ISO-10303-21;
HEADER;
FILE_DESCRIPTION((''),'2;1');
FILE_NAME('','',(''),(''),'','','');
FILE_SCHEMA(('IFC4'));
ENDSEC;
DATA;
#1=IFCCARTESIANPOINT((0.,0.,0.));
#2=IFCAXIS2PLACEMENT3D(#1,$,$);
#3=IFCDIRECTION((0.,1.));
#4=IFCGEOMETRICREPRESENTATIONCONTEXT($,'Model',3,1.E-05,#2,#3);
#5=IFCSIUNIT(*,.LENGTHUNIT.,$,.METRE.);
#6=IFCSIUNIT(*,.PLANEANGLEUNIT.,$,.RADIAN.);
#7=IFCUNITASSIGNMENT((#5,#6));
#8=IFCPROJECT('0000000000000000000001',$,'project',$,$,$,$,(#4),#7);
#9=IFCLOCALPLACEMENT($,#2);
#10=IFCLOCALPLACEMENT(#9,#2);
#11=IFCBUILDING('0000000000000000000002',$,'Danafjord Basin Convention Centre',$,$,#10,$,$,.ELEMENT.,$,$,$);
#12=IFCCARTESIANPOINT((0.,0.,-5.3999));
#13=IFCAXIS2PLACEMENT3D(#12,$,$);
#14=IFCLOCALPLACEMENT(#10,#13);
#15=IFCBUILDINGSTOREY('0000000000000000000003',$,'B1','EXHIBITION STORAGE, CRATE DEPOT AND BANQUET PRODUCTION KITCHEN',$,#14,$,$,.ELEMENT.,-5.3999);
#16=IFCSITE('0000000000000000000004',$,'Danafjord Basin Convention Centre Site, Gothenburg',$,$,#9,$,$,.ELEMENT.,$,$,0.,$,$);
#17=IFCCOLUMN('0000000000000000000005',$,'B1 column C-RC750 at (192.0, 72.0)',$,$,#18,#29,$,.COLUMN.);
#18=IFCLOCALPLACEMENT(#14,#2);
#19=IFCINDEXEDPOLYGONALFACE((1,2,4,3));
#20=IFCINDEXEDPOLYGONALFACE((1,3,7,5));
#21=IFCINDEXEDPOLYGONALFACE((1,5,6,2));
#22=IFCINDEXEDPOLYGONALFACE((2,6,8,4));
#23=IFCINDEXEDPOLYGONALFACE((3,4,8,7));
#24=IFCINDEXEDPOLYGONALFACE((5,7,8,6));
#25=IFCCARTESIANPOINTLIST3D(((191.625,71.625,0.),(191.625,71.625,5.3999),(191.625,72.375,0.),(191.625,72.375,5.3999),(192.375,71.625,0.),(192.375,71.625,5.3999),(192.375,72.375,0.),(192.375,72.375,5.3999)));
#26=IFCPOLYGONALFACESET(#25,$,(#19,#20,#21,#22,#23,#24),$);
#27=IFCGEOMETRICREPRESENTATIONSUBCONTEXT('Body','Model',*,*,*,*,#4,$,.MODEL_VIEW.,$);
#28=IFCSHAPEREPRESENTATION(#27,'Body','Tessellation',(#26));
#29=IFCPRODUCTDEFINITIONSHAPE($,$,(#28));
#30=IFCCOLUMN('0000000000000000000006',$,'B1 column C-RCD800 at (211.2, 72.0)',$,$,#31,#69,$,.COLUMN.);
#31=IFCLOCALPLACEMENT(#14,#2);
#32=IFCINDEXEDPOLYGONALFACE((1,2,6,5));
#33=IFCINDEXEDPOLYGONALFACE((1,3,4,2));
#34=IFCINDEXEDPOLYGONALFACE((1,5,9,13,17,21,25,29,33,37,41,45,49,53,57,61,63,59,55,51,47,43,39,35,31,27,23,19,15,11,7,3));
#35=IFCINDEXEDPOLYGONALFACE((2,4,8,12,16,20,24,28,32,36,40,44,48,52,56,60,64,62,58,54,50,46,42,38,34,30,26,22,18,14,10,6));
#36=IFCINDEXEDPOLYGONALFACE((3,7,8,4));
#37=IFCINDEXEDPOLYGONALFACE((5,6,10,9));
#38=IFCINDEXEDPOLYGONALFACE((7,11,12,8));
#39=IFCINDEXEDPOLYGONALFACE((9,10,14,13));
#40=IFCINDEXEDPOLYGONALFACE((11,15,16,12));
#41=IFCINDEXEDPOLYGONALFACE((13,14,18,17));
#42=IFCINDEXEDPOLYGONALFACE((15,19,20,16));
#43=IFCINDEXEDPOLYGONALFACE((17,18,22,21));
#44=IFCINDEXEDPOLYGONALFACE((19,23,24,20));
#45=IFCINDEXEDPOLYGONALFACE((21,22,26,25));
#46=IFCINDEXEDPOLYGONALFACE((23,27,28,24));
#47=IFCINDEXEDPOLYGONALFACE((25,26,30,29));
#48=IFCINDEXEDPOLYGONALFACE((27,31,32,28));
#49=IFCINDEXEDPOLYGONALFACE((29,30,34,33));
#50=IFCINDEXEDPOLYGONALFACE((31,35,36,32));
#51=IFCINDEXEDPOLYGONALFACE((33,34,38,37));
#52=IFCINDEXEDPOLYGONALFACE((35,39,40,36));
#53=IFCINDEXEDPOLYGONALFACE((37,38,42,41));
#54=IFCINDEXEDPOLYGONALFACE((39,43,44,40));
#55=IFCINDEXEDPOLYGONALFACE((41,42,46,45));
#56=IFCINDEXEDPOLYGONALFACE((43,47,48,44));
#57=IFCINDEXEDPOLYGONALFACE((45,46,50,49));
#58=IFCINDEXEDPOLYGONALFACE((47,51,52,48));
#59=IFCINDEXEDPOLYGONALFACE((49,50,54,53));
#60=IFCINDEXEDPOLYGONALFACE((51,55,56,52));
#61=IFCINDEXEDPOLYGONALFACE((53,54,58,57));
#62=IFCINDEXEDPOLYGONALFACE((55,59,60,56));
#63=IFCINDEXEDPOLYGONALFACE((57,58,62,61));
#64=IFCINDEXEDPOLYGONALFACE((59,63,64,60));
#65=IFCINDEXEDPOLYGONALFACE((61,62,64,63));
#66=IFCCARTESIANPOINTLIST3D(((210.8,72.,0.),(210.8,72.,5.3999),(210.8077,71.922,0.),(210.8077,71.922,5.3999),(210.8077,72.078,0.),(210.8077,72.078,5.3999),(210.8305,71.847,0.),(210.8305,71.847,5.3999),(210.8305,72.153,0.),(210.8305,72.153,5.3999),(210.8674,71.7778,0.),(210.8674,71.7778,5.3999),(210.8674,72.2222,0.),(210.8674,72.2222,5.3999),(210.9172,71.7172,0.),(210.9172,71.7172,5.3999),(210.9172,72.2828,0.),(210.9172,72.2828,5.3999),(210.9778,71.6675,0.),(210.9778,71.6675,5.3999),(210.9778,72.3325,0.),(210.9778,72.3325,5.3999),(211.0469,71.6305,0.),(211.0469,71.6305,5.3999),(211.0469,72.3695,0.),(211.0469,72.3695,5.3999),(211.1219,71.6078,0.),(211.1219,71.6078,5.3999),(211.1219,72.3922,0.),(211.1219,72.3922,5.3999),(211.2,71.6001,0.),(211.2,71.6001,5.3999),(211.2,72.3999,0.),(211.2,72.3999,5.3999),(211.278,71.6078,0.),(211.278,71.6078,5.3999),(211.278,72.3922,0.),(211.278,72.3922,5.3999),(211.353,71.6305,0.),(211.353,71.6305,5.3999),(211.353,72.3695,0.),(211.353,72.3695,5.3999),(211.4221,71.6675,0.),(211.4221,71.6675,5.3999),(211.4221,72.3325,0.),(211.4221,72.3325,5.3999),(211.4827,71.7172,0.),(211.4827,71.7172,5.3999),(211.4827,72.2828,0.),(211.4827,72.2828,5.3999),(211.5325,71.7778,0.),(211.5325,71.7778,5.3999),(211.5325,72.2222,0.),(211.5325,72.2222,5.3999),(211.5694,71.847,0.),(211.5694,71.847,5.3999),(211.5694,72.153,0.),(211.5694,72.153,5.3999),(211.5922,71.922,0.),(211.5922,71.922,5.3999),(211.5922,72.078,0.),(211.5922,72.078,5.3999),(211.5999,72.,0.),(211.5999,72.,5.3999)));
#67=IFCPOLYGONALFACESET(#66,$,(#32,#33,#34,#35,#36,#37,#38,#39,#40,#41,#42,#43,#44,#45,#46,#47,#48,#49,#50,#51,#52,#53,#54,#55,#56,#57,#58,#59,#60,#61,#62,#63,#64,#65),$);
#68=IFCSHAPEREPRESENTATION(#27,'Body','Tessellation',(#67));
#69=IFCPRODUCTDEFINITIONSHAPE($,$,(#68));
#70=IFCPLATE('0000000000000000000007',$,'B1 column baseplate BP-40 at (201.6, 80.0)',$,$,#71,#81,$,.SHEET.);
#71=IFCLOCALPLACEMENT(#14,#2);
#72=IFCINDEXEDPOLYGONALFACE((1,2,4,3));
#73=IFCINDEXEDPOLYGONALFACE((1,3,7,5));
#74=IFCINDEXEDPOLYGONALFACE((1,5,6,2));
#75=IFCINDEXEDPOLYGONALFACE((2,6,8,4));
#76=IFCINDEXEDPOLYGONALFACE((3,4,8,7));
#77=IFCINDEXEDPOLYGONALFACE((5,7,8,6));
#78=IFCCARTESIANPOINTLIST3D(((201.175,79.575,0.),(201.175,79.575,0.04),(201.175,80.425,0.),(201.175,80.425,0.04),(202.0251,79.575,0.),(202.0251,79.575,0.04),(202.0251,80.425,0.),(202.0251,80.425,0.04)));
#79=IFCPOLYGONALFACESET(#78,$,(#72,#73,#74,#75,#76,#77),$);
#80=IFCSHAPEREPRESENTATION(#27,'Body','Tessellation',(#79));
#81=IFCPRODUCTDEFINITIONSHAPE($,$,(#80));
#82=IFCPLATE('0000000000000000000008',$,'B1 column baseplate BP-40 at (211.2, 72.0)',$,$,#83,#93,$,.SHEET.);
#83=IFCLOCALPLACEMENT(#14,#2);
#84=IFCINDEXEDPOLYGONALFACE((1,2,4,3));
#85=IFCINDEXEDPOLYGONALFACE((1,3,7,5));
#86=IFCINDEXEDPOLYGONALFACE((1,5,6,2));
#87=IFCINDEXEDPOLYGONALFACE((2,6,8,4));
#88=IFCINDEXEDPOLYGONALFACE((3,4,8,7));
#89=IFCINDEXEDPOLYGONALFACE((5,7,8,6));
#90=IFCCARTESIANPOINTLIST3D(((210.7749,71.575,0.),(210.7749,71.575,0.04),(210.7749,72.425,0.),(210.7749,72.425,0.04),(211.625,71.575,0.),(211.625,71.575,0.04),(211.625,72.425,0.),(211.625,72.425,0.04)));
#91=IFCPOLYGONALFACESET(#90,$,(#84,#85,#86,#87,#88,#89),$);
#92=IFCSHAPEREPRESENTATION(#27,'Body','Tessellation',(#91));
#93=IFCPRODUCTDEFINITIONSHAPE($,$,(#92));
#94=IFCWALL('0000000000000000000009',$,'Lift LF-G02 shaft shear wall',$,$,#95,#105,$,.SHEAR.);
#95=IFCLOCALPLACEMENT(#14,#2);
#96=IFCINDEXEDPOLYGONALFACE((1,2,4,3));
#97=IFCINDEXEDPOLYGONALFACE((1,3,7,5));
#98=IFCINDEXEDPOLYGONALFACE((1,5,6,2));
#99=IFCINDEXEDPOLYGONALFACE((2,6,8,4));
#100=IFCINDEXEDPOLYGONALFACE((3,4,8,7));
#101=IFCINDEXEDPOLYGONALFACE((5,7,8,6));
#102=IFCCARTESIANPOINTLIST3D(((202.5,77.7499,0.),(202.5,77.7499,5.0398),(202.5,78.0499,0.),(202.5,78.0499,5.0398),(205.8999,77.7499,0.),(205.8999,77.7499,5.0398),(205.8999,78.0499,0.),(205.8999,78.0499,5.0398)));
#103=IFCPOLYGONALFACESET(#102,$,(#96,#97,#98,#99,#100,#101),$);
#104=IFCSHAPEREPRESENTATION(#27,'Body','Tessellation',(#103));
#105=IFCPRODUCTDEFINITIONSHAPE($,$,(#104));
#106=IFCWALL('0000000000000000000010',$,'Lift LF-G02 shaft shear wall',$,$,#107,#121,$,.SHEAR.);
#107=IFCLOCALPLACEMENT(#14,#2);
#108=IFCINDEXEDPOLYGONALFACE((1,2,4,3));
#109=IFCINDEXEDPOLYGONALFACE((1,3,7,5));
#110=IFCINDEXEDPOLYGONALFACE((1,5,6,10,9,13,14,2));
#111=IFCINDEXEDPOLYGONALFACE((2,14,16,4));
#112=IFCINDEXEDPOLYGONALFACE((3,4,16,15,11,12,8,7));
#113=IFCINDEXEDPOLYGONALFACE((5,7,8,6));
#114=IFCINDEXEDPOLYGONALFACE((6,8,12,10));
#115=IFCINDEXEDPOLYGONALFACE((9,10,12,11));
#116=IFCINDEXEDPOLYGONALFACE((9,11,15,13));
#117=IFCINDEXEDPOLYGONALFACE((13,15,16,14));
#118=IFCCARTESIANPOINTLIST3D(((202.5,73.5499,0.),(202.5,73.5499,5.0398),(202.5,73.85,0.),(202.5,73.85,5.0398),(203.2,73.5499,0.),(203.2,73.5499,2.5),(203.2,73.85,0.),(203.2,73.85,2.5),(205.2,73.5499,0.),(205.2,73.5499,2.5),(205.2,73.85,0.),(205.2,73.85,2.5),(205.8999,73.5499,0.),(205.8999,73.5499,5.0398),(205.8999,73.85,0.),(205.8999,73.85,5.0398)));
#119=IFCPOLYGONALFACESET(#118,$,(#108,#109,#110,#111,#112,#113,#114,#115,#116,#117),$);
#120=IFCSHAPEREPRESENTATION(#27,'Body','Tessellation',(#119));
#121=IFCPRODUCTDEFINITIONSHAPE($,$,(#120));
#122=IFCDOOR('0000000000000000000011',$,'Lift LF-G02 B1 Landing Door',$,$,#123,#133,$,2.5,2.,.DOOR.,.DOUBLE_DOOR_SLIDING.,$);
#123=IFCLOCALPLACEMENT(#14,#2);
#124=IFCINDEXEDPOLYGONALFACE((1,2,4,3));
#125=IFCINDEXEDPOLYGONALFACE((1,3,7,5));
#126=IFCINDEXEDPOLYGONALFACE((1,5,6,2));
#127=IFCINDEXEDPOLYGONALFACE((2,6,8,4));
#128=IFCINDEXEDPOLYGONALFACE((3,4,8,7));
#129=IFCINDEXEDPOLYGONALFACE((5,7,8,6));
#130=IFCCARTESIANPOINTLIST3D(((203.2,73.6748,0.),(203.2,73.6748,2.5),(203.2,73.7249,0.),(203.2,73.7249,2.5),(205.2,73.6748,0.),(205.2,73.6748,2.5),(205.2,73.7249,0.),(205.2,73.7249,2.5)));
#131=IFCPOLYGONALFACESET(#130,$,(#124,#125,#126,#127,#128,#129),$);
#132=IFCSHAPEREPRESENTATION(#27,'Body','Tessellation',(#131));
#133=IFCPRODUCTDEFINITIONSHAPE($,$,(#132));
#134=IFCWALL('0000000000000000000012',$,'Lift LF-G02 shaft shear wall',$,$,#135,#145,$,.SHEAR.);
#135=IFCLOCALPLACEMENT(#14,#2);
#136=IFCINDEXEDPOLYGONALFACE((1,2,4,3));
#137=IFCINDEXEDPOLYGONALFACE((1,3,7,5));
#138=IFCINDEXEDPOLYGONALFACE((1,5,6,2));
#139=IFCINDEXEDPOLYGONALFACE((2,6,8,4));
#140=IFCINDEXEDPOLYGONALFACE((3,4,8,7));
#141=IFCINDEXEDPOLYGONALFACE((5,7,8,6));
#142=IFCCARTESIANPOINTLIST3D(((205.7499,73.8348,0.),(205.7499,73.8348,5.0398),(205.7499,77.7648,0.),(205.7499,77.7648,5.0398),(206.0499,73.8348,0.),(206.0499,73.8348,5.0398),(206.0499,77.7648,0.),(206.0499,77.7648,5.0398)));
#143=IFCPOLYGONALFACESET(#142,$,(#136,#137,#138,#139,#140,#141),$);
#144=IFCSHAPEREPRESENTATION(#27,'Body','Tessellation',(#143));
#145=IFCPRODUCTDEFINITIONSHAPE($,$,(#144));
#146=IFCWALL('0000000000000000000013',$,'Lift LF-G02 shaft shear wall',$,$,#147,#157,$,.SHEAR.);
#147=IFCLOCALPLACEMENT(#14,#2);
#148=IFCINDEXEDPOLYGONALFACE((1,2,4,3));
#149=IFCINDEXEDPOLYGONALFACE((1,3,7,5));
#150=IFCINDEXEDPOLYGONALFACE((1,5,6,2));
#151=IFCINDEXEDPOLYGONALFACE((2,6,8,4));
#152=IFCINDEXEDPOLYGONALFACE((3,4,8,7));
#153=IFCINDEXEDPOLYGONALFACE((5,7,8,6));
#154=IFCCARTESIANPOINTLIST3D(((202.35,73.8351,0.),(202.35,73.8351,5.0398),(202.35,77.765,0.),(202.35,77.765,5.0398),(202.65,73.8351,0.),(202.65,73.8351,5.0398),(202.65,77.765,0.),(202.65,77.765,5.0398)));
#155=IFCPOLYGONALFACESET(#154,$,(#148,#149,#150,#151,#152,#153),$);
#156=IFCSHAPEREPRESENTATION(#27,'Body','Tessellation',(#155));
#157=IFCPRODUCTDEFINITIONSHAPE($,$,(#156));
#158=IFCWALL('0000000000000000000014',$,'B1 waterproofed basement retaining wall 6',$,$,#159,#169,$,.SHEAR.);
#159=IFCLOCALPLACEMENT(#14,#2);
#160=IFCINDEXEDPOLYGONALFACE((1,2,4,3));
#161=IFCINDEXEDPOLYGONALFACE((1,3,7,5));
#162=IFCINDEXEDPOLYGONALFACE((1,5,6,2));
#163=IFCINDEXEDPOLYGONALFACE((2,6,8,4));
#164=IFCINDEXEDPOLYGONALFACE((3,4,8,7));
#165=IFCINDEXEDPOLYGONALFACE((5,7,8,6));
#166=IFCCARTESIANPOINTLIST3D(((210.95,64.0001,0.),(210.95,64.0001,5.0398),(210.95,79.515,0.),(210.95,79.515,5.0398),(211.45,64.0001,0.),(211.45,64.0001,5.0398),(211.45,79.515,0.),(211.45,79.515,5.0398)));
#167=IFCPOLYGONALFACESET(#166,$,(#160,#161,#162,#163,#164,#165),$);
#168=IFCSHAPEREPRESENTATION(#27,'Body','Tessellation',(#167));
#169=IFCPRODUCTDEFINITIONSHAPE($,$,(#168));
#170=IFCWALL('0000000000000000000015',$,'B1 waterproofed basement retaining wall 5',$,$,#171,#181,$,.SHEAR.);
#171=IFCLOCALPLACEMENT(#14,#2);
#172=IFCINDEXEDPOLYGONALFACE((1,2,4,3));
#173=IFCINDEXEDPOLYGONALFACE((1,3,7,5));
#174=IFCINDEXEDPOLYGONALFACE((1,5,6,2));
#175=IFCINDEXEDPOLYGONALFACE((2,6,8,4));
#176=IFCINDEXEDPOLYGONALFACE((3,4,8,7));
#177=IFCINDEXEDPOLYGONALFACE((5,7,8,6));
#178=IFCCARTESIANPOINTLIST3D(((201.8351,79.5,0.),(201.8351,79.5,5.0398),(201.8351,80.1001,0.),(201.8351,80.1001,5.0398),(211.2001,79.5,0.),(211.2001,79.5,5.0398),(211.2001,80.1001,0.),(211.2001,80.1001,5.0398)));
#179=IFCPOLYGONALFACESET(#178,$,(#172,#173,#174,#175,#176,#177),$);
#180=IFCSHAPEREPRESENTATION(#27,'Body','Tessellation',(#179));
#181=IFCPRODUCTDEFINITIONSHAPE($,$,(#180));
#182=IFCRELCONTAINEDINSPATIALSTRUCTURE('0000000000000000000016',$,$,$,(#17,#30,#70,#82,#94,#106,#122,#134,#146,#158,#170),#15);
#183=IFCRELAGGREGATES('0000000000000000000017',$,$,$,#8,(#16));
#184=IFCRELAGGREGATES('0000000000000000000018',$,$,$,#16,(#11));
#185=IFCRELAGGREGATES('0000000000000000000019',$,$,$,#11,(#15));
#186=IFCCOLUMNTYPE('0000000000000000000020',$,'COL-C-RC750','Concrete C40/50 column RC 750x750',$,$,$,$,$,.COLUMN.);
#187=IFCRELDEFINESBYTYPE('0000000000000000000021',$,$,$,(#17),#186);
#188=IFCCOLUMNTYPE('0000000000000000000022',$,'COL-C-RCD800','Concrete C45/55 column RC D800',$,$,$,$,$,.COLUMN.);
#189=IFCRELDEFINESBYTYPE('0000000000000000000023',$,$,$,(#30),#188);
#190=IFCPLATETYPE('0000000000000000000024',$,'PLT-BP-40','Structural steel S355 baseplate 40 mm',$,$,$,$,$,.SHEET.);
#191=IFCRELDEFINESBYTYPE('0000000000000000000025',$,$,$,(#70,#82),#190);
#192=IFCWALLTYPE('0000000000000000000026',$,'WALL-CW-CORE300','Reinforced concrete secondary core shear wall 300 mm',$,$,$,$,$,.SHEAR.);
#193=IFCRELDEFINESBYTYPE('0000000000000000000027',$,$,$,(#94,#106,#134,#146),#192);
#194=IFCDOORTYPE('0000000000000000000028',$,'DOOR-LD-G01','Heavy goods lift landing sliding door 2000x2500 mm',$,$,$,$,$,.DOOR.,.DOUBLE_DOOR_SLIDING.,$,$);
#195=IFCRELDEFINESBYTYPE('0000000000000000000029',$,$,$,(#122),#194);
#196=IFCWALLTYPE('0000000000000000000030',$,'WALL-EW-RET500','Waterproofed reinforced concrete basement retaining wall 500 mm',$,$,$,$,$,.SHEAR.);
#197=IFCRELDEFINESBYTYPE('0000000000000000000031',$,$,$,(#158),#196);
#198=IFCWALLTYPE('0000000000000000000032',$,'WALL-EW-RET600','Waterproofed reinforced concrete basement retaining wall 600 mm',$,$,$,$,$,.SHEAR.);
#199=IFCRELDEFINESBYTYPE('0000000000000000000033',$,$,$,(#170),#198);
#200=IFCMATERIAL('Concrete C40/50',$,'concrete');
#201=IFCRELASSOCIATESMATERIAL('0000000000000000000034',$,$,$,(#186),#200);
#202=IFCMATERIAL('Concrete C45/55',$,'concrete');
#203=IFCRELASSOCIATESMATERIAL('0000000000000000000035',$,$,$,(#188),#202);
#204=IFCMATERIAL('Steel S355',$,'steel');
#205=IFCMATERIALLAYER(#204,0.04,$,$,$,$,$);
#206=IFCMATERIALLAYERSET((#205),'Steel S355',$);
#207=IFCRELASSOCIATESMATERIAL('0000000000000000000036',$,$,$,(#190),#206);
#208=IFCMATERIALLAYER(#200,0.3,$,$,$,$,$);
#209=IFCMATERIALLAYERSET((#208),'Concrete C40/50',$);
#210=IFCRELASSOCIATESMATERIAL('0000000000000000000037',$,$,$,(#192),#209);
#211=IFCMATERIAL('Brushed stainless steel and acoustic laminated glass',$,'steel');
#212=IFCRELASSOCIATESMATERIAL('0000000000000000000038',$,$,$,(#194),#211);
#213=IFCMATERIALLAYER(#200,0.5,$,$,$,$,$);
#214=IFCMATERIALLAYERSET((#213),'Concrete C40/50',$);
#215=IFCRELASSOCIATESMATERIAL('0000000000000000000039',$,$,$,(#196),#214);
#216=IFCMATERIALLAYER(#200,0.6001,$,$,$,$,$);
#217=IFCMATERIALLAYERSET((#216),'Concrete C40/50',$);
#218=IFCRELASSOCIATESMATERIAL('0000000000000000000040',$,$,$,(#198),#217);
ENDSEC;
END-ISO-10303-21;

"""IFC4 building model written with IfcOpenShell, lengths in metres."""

from ifc_helpers import new_model, si_unit, direction, frame, frame_2d, origin, origin_2d, place, context, subcontext, project, spatial, rectangle, circle, extrude, material, layer, layer_set, material_profile, profile_set, type_object, element, fill, save


model = new_model("IFC4")

# Units and contexts
model_context = context("Model", 3, precision=1e-05, world=origin(), true_north=direction((0.0, 1.0)))
body_context = subcontext(model_context, "Body", "Model", "MODEL_VIEW")
ifc_project = project(units=[si_unit("LENGTHUNIT", "METRE"), si_unit("PLANEANGLEUNIT", "RADIAN")], contexts=[model_context])

# Site, building, storey
site_placement = place(None, origin())
site = spatial("IfcSite", under=ifc_project, at=site_placement, Name="Danafjord Basin Convention Centre Site, Gothenburg", CompositionType="ELEMENT", RefElevation=0.0)
building_placement = place(site_placement, origin())
building = spatial("IfcBuilding", under=site, at=building_placement, Name="Danafjord Basin Convention Centre", CompositionType="ELEMENT")
storey_placement = place(building_placement, frame((0.0, 0.0, -5.3999)))
storey = spatial("IfcBuildingStorey", under=building, at=storey_placement, Name="B1", Description="EXHIBITION STORAGE, CRATE DEPOT AND BANQUET PRODUCTION KITCHEN", CompositionType="ELEMENT", Elevation=-5.3999)

# Shared definitions
ifc_material_1 = material(Name="Concrete C40/50", Category="concrete")

# Columns
ifc_material_2 = material(Name="Concrete C45/55", Category="concrete")
ifc_material_profile_1 = material_profile(ifc_material_1, rectangle(XDim=0.75, YDim=0.75, at=origin_2d()), Name="RC 750x750")
ifc_profile_set_1 = profile_set([ifc_material_profile_1], Name="Concrete C40/50")
column_type_1 = type_object("IfcColumnType", Name="COL-C-RC750", Description="Concrete C40/50 column RC 750x750", PredefinedType="COLUMN", material=ifc_profile_set_1)
column_1_placement = place(storey_placement, frame((192.0, 72.0, 0.0), z_axis=(0.0, 0.0, 1.0), x_axis=(1.0, 0.0, 0.0)))
element("IfcColumn", 1, at=column_1_placement, inside=storey, type_object=column_type_1, Name="B1 column C-RC750 at (192.0, 72.0)", PredefinedType="COLUMN", context=body_context, shape_type="SweptSolid", body=[
    extrude(rectangle(XDim=0.75, YDim=0.75, at=origin_2d()), origin(), (0.0, 0.0, 1.0), 5.3999),
])
ifc_material_profile_2 = material_profile(ifc_material_2, circle(Radius=0.3999, at=origin_2d()), Name="RC D800")
ifc_profile_set_2 = profile_set([ifc_material_profile_2], Name="Concrete C45/55")
column_type_2 = type_object("IfcColumnType", Name="COL-C-RCD800", Description="Concrete C45/55 column RC D800", PredefinedType="COLUMN", material=ifc_profile_set_2)
column_2_placement = place(storey_placement, frame((211.2, 72.0, 0.0), z_axis=(0.0, 0.0, 1.0), x_axis=(1.0, 0.0, 0.0)))
element("IfcColumn", 2, at=column_2_placement, inside=storey, type_object=column_type_2, Name="B1 column C-RCD800 at (211.2, 72.0)", PredefinedType="COLUMN", context=body_context, shape_type="SweptSolid", body=[
    extrude(circle(Radius=0.3999, at=origin_2d()), origin(), (0.0, 0.0, 1.0), 5.3999),
])

# Plates
ifc_material_3 = material(Name="Steel S355", Category="steel")
ifc_layer_1 = layer(ifc_material_3, 0.04)
ifc_layer_set_1 = layer_set([ifc_layer_1], Name="Steel S355")
plate_type = type_object("IfcPlateType", Name="PLT-BP-40", Description="Structural steel S355 baseplate 40 mm", PredefinedType="SHEET", material=ifc_layer_set_1)
for number, where, z_axis, x_axis, name in (
    (3, (201.6001, 80.0, 0.0), (0.0, 0.0, 1.0), (1.0, 0.0, 0.0), "B1 column baseplate BP-40 at (201.6, 80.0)"),
    (4, (211.2, 72.0, 0.0), (0.0, 0.0, 1.0), (1.0, 0.0, 0.0), "B1 column baseplate BP-40 at (211.2, 72.0)"),
):
    element("IfcPlate", number, at=place(storey_placement, frame(where, z_axis=z_axis, x_axis=x_axis)), inside=storey, type_object=plate_type, Name=name, PredefinedType="SHEET", context=body_context, shape_type="SweptSolid", body=[
        extrude(rectangle(XDim=0.8501, YDim=0.8501, at=origin_2d()), origin(), (0.0, 0.0, 1.0), 0.04),
    ])

# Wall
ifc_layer_2 = layer(ifc_material_1, 0.3)
ifc_layer_set_2 = layer_set([ifc_layer_2], Name="Concrete C40/50")
wall_type_1 = type_object("IfcWallType", Name="WALL-CW-CORE300", Description="Reinforced concrete secondary core shear wall 300 mm", PredefinedType="SHEAR", material=ifc_layer_set_2)
wall_1_placement = place(storey_placement, frame((205.8999, 77.8999, 0.0), z_axis=(0.0, 0.0, 1.0), x_axis=(-1.0, 0.0, 0.0)))
element("IfcWall", 5, at=wall_1_placement, inside=storey, type_object=wall_type_1, Name="Lift LF-G02 shaft shear wall", PredefinedType="SHEAR", context=body_context, shape_type="SweptSolid", body=[
    extrude(rectangle(XDim=3.3999, YDim=0.3, at=frame_2d((1.7, 0.0))), origin(), (0.0, 0.0, 1.0), 5.0398),
])

# Wall, opening, door
wall_2_placement = place(storey_placement, frame((202.5, 73.7, 0.0), z_axis=(0.0, 0.0, 1.0), x_axis=(1.0, 0.0, 0.0)))
wall_2 = element("IfcWall", 6, at=wall_2_placement, inside=storey, type_object=wall_type_1, Name="Lift LF-G02 shaft shear wall", PredefinedType="SHEAR", context=body_context, shape_type="SweptSolid", body=[
    extrude(rectangle(XDim=3.3999, YDim=0.3, at=frame_2d((1.7, 0.0))), origin(), (0.0, 0.0, 1.0), 5.0398),
])
opening_placement = place(wall_2_placement, frame((0.7, 0.0, 0.0)))
opening = element("IfcOpeningElement", 7, at=opening_placement, cuts=wall_2, PredefinedType="OPENING", context=body_context, shape_type="SweptSolid", body=[
    extrude(rectangle(XDim=2.0, YDim=2.5, at=frame_2d((1.0, 1.25))), frame((0.0, 0.1599, 0.0), z_axis=(0.0, -1.0, 0.0), x_axis=(1.0, 0.0, 0.0)), (0.0, 0.0, 1.0), 0.3201),
])
ifc_material_4 = material(Name="Brushed stainless steel and acoustic laminated glass", Category="steel")
door_type = type_object("IfcDoorType", Name="DOOR-LD-G01", Description="Heavy goods lift landing sliding door 2000x2500 mm", OperationType="DOUBLE_DOOR_SLIDING", PredefinedType="DOOR", material=ifc_material_4)
door_placement = place(opening_placement, origin())
door = element("IfcDoor", 8, at=door_placement, inside=storey, type_object=door_type, Name="Lift LF-G02 B1 Landing Door", OperationType="DOUBLE_DOOR_SLIDING", OverallHeight=2.5, OverallWidth=2.0, PredefinedType="DOOR", context=body_context, shape_type="SweptSolid", body=[
    extrude(rectangle(XDim=2.0, YDim=2.5, at=frame_2d((1.0, 1.25))), frame((0.0, 0.0249, 0.0), z_axis=(0.0, -1.0, 0.0), x_axis=(1.0, 0.0, 0.0)), (0.0, 0.0, 1.0), 0.05),
])
fill(opening, door)

# Walls
for number, where, z_axis, x_axis, name in (
    (9, (205.8999, 73.835, 0.0), (0.0, 0.0, 1.0), (0.0, 1.0, 0.0), "Lift LF-G02 shaft shear wall"),
    (10, (202.5, 77.7649, 0.0), (0.0, 0.0, 1.0), (0.0, -1.0, 0.0), "Lift LF-G02 shaft shear wall"),
):
    element("IfcWall", number, at=place(storey_placement, frame(where, z_axis=z_axis, x_axis=x_axis)), inside=storey, type_object=wall_type_1, Name=name, PredefinedType="SHEAR", context=body_context, shape_type="SweptSolid", body=[
        extrude(rectangle(XDim=3.9299, YDim=0.3, at=frame_2d((1.9648, 0.0))), origin(), (0.0, 0.0, 1.0), 5.0398),
    ])
ifc_layer_3 = layer(ifc_material_1, 0.5)
ifc_layer_set_3 = layer_set([ifc_layer_3], Name="Concrete C40/50")
wall_type_2 = type_object("IfcWallType", Name="WALL-EW-RET500", Description="Waterproofed reinforced concrete basement retaining wall 500 mm", PredefinedType="SHEAR", material=ifc_layer_set_3)
wall_3_placement = place(storey_placement, frame((211.2, 79.5149, 0.0), z_axis=(0.0, 0.0, 1.0), x_axis=(0.0, -1.0, 0.0)))
element("IfcWall", 11, at=wall_3_placement, inside=storey, type_object=wall_type_2, Name="B1 waterproofed basement retaining wall 6", PredefinedType="SHEAR", context=body_context, shape_type="SweptSolid", body=[
    extrude(rectangle(XDim=15.5149, YDim=0.5, at=frame_2d((7.7573, 0.0))), origin(), (0.0, 0.0, 1.0), 5.0398),
])
ifc_layer_4 = layer(ifc_material_1, 0.6001)
ifc_layer_set_4 = layer_set([ifc_layer_4], Name="Concrete C40/50")
wall_type_3 = type_object("IfcWallType", Name="WALL-EW-RET600", Description="Waterproofed reinforced concrete basement retaining wall 600 mm", PredefinedType="SHEAR", material=ifc_layer_set_4)
wall_4_placement = place(storey_placement, frame((201.835, 79.8, 0.0), z_axis=(0.0, 0.0, 1.0), x_axis=(1.0, 0.0, 0.0)))
element("IfcWall", 12, at=wall_4_placement, inside=storey, type_object=wall_type_3, Name="B1 waterproofed basement retaining wall 5", PredefinedType="SHEAR", context=body_context, shape_type="SweptSolid", body=[
    extrude(rectangle(XDim=9.365, YDim=0.6001, at=frame_2d((4.6826, 0.0))), origin(), (0.0, 0.0, 1.0), 5.0398),
])

save(model, "model.ifc")
